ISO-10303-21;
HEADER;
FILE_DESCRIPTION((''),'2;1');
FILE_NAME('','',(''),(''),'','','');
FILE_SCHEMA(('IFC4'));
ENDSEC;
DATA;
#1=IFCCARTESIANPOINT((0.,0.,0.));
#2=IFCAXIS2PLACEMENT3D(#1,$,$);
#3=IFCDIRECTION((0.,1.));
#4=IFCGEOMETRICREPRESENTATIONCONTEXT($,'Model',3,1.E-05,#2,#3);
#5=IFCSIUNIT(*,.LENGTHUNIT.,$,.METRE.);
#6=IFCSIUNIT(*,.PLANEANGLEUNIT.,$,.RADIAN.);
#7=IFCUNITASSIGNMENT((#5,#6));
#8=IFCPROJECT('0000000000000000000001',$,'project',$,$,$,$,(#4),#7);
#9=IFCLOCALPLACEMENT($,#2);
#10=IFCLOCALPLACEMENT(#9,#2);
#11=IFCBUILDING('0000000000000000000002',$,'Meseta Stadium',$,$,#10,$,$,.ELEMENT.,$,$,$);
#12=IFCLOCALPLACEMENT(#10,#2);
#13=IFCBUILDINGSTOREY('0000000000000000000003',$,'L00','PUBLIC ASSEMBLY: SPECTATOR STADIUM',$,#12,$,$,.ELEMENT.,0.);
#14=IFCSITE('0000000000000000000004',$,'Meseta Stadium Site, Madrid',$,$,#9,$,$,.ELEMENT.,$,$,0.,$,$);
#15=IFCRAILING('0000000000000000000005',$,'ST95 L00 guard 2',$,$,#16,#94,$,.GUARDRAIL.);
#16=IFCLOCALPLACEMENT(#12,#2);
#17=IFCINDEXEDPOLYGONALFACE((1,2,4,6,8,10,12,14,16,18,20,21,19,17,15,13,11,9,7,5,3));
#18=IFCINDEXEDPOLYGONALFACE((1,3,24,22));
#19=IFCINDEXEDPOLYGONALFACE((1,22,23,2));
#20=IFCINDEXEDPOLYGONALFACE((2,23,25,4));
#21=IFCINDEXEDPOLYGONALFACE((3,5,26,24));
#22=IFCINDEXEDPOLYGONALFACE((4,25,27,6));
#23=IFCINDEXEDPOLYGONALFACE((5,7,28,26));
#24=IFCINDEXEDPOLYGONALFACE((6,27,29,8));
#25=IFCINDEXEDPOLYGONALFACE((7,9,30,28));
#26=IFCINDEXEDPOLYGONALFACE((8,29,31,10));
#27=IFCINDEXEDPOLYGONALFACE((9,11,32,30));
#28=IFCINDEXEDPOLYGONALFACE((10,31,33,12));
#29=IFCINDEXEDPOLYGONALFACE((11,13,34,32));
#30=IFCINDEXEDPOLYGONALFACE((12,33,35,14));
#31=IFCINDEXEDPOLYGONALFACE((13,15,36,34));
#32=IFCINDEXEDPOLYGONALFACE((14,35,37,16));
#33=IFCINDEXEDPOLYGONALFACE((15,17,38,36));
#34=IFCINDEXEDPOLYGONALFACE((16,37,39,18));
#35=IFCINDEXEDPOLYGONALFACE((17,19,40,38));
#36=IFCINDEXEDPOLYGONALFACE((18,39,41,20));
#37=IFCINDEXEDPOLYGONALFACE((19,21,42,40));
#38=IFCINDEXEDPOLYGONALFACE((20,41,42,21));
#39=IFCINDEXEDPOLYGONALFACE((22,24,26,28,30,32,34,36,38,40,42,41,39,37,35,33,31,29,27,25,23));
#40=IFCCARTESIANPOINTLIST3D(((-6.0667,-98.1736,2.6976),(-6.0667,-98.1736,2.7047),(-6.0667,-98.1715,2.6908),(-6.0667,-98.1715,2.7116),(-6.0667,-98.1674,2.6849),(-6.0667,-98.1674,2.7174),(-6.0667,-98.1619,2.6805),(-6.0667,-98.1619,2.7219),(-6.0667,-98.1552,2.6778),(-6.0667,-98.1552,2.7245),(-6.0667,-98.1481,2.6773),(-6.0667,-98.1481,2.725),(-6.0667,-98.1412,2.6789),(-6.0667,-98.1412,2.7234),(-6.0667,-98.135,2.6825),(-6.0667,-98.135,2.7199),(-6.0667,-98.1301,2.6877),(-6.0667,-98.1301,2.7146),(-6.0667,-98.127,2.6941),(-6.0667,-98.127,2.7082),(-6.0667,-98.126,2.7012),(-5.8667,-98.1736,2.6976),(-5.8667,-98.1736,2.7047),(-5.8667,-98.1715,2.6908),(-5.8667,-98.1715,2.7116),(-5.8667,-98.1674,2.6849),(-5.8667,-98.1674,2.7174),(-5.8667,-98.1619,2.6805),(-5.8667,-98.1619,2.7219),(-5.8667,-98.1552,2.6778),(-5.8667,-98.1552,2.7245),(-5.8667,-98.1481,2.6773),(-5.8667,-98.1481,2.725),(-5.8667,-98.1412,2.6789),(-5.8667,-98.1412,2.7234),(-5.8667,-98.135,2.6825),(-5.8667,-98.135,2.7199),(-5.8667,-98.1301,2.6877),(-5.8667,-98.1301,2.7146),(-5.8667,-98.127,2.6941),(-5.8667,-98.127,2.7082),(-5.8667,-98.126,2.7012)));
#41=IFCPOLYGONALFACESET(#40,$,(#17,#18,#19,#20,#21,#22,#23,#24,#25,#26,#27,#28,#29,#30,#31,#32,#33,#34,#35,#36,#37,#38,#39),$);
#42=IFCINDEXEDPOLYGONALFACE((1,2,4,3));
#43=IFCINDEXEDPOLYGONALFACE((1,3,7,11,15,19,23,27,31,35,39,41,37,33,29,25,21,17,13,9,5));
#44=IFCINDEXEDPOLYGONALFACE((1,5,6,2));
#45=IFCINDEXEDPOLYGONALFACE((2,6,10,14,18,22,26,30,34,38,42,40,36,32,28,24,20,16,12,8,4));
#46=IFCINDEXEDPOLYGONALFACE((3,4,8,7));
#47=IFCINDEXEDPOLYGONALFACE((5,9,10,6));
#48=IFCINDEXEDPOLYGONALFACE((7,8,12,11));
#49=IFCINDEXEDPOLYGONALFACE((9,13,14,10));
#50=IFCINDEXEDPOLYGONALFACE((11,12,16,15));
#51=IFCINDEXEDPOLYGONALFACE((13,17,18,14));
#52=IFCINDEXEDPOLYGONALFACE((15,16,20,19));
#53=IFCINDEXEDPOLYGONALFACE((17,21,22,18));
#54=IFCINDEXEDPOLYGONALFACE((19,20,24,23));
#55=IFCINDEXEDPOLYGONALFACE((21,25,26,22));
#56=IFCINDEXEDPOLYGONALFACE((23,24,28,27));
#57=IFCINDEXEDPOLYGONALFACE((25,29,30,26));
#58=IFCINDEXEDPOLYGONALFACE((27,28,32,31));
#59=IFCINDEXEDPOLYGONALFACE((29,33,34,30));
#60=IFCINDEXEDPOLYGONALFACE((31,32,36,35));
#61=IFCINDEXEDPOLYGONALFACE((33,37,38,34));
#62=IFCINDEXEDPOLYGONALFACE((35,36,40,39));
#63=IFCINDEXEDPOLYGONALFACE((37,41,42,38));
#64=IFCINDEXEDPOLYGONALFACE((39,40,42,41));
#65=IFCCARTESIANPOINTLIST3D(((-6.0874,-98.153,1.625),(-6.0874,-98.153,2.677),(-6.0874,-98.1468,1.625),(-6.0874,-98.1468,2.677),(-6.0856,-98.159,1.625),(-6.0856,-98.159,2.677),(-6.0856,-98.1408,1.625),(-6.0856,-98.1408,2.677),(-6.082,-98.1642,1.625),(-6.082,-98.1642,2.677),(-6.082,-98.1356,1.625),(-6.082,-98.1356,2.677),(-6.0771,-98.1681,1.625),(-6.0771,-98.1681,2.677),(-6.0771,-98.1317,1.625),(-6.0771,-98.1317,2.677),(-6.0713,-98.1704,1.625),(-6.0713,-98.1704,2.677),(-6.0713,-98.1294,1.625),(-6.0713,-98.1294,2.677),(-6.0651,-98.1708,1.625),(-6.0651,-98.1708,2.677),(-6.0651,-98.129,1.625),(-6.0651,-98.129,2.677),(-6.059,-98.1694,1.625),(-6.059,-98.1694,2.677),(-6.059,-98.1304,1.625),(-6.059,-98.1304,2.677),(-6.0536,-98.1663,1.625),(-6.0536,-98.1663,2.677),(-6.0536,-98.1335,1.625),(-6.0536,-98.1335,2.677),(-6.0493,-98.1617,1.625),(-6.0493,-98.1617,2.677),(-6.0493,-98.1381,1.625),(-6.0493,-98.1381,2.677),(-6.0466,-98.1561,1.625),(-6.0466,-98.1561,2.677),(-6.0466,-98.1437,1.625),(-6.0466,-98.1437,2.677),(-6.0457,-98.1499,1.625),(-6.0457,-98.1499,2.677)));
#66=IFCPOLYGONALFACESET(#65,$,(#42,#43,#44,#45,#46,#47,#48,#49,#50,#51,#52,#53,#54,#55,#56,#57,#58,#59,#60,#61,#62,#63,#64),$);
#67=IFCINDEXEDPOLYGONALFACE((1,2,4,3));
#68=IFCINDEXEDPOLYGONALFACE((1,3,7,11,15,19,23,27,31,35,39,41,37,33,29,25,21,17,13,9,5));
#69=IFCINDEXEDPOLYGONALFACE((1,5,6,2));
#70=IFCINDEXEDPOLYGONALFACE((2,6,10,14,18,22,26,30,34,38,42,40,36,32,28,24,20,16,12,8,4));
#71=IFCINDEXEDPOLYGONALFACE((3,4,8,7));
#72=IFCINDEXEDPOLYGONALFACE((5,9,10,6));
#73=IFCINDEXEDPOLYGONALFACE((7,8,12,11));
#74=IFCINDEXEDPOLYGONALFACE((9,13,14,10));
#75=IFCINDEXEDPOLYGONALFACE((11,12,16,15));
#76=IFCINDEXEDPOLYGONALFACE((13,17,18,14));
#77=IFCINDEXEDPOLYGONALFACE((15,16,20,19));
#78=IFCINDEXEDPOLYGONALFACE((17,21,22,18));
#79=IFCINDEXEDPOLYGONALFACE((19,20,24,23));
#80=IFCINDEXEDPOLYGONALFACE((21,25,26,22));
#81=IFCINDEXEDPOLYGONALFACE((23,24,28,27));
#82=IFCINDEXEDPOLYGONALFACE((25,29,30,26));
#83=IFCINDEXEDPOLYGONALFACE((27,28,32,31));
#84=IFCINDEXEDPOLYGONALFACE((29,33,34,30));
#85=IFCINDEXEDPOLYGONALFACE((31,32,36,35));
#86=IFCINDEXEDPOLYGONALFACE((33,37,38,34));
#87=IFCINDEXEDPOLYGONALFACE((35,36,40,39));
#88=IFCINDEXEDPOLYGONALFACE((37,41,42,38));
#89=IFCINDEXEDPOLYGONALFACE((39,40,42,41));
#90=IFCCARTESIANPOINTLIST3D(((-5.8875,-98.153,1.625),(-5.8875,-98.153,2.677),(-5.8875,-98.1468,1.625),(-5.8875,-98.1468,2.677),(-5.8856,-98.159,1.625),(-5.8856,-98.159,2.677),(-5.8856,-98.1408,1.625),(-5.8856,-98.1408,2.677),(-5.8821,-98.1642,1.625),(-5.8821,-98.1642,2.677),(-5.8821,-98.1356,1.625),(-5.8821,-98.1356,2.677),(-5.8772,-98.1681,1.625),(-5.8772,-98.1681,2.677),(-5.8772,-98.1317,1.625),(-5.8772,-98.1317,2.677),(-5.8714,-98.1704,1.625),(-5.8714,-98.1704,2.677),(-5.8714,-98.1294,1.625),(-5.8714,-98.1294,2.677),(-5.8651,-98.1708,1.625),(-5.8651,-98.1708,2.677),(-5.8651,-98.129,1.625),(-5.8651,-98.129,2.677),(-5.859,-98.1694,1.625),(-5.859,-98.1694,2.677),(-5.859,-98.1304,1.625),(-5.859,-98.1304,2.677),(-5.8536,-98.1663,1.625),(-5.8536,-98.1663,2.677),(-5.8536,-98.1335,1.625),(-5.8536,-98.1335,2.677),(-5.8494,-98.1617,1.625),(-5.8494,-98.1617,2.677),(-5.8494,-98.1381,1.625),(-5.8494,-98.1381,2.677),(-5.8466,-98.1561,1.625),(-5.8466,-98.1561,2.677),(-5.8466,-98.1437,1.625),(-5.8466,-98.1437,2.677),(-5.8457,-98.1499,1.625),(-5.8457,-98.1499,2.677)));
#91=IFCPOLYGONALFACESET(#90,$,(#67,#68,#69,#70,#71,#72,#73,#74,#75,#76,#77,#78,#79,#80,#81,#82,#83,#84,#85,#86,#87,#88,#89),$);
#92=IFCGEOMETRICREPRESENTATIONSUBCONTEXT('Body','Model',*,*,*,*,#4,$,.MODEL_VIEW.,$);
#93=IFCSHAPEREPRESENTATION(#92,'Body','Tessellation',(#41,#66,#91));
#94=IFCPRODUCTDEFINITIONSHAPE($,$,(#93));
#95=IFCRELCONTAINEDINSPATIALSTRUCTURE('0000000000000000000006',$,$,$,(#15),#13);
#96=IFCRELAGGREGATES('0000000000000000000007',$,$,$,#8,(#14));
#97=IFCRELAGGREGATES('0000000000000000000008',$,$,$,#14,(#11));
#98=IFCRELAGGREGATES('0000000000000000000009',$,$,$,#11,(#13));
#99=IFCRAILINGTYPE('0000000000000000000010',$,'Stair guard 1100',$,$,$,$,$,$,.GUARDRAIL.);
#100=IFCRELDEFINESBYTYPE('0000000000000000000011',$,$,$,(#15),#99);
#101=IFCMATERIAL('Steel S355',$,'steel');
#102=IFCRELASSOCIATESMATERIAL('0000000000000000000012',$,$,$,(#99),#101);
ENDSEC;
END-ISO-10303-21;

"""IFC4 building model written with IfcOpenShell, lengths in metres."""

from ifc_helpers import new_model, si_unit, direction, frame, origin, origin_2d, place, context, subcontext, project, spatial, circle, extrude, material, type_object, element, save


model = new_model("IFC4")

# Units and contexts
model_context = context("Model", 3, precision=1e-05, world=origin(), true_north=direction((0.0, 1.0)))
body_context = subcontext(model_context, "Body", "Model", "MODEL_VIEW")
ifc_project = project(units=[si_unit("LENGTHUNIT", "METRE"), si_unit("PLANEANGLEUNIT", "RADIAN")], contexts=[model_context])

# Site, building, storey
site_placement = place(None, origin())
site = spatial("IfcSite", under=ifc_project, at=site_placement, Name="Meseta Stadium Site, Madrid", CompositionType="ELEMENT", RefElevation=0.0)
building_placement = place(site_placement, origin())
building = spatial("IfcBuilding", under=site, at=building_placement, Name="Meseta Stadium", CompositionType="ELEMENT")
storey_placement = place(building_placement, origin())
storey = spatial("IfcBuildingStorey", under=building, at=storey_placement, Name="L00", Description="PUBLIC ASSEMBLY: SPECTATOR STADIUM", CompositionType="ELEMENT", Elevation=0.0)

# Railing
ifc_material_1 = material(Name="Steel S355", Category="steel")
railing_type_1 = type_object("IfcRailingType", Name="Stair guard 1100", PredefinedType="GUARDRAIL", material=ifc_material_1)
railing_1_placement = place(storey_placement, frame((-6.0667, -98.1499, 1.625)))
element("IfcRailing", 1, at=railing_1_placement, inside=storey, type_object=railing_type_1, Name="ST95 L00 guard 2", PredefinedType="GUARDRAIL", context=body_context, shape_type="SweptSolid", body=[
    extrude(circle(Radius=0.0239, at=origin_2d()), frame((0.0, 0.0, 1.0762), z_axis=(1.0, 0.0, 0.0), x_axis=(0.0, 1.0, 0.0)), (0.0, 0.0, 1.0), 0.2),
    extrude(circle(Radius=0.021, at=origin_2d()), origin(), (0.0, 0.0, 1.0), 1.052),
    extrude(circle(Radius=0.021, at=origin_2d()), frame((0.2, 0.0, 0.0)), (0.0, 0.0, 1.0), 1.052),
])

save(model, "model.ifc")
